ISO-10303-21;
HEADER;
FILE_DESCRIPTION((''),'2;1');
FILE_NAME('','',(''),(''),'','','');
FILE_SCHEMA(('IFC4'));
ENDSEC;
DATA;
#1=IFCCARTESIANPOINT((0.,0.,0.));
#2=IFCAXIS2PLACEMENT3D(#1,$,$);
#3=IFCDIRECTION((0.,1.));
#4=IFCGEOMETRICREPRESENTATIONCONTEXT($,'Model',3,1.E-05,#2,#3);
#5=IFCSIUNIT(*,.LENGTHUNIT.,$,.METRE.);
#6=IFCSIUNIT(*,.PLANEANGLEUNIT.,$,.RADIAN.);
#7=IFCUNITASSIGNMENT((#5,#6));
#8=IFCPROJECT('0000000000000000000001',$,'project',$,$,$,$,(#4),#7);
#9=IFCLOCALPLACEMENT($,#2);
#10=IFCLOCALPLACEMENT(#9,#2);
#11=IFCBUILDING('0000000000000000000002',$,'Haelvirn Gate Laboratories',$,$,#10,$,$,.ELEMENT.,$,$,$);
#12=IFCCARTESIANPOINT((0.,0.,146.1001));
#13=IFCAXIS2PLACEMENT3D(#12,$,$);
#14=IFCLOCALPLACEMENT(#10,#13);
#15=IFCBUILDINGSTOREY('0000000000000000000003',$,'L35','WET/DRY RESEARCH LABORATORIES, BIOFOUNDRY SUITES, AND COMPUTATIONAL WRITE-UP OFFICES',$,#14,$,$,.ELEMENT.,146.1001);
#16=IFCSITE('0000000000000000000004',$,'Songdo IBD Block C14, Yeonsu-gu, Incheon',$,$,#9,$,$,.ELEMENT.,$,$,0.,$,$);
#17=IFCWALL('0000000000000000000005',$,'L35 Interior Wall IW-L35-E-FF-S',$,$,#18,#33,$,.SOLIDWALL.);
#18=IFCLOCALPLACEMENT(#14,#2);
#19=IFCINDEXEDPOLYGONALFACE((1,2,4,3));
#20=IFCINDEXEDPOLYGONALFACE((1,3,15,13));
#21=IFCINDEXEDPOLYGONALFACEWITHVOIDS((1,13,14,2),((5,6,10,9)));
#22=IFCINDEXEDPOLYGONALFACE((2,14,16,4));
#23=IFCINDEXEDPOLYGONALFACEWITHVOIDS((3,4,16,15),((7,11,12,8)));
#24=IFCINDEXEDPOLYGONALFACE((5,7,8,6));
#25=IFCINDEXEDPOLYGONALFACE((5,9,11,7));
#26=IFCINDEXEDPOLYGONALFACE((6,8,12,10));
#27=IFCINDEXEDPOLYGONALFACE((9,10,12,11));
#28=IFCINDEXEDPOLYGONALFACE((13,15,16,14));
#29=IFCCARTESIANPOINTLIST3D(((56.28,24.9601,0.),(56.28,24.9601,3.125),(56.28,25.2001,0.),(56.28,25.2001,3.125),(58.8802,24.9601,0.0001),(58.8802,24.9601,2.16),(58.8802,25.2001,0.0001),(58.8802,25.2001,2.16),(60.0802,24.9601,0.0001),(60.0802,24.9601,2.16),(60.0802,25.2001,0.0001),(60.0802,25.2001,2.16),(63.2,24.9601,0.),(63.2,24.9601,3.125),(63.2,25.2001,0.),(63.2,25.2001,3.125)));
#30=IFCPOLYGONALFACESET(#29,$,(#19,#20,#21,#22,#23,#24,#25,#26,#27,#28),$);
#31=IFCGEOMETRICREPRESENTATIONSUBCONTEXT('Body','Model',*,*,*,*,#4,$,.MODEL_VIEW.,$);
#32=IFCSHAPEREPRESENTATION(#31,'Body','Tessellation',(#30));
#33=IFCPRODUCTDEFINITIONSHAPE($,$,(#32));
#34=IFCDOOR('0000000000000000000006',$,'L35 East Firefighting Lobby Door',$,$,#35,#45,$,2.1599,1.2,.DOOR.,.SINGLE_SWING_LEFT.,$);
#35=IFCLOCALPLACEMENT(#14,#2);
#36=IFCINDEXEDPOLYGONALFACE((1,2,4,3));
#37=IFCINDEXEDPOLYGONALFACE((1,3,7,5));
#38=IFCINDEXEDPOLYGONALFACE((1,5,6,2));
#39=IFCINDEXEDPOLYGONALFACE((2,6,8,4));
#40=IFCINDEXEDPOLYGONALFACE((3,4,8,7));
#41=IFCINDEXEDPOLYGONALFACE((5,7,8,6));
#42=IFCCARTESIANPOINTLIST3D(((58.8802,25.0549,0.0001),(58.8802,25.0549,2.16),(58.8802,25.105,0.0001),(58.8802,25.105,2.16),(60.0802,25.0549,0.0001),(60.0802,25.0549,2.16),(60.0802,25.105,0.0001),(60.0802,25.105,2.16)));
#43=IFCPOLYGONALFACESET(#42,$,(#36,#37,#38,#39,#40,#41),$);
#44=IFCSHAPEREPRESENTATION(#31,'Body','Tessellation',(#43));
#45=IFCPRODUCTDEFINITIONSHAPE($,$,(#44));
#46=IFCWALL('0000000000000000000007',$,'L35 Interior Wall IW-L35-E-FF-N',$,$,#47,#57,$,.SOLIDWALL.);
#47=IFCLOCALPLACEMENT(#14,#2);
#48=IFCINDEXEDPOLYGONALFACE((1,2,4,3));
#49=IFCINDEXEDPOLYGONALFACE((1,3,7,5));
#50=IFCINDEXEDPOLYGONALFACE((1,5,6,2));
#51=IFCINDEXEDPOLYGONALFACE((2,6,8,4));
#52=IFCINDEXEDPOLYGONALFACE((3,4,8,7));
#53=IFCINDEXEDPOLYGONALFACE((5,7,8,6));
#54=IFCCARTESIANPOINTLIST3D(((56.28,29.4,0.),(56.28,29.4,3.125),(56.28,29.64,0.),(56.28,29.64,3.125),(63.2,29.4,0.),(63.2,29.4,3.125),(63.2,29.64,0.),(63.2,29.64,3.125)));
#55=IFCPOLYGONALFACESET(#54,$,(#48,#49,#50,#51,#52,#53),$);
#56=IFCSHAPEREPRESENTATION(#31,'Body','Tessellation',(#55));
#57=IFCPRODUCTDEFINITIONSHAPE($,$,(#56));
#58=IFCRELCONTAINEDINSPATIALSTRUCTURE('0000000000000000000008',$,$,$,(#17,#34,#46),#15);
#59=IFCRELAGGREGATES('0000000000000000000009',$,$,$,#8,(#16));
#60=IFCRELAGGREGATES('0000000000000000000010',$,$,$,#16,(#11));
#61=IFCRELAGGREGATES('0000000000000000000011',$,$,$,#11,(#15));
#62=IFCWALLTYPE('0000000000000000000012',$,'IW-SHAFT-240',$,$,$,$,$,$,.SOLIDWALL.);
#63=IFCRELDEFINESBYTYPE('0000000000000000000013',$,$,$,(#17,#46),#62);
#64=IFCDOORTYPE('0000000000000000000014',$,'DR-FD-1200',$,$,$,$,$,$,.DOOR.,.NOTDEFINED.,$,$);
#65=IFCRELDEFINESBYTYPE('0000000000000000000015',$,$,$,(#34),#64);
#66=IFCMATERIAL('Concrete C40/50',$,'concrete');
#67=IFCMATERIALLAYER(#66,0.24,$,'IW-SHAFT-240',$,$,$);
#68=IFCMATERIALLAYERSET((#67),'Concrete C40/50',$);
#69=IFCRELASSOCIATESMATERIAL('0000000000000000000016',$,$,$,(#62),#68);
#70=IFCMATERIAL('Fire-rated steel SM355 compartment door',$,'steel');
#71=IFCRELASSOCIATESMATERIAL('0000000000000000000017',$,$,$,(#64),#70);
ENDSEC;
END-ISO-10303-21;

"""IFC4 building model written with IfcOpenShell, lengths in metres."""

from ifc_helpers import new_model, si_unit, direction, frame, frame_2d, origin, place, context, subcontext, project, spatial, rectangle, extrude, source, transform, mapped, material, layer, layer_set, type_object, type_shapes, element, fill, save


model = new_model("IFC4")

# Units and contexts
model_context = context("Model", 3, precision=1e-05, world=origin(), true_north=direction((0.0, 1.0)))
body_context = subcontext(model_context, "Body", "Model", "MODEL_VIEW")
ifc_project = project(units=[si_unit("LENGTHUNIT", "METRE"), si_unit("PLANEANGLEUNIT", "RADIAN")], contexts=[model_context])

# Site, building, storey
site_placement = place(None, origin())
site = spatial("IfcSite", under=ifc_project, at=site_placement, Name="Songdo IBD Block C14, Yeonsu-gu, Incheon", CompositionType="ELEMENT", RefElevation=0.0)
building_placement = place(site_placement, origin())
building = spatial("IfcBuilding", under=site, at=building_placement, Name="Haelvirn Gate Laboratories", CompositionType="ELEMENT")
storey_placement = place(building_placement, frame((0.0, 0.0, 146.1001)))
storey = spatial("IfcBuildingStorey", under=building, at=storey_placement, Name="L35", Description="WET/DRY RESEARCH LABORATORIES, BIOFOUNDRY SUITES, AND COMPUTATIONAL WRITE-UP OFFICES", CompositionType="ELEMENT", Elevation=146.1001)

# Shared definitions
ifc_material_1 = material(Name="Concrete C40/50", Category="concrete")

# Wall, opening, door
ifc_layer_1 = layer(ifc_material_1, 0.24, Name="IW-SHAFT-240")
ifc_layer_set_1 = layer_set([ifc_layer_1], Name="Concrete C40/50")
wall_type_1 = type_object("IfcWallType", Name="IW-SHAFT-240", PredefinedType="SOLIDWALL", material=ifc_layer_set_1)
wall_1_placement = place(storey_placement, frame((56.28, 25.0801, 0.0), z_axis=(0.0, 0.0, 1.0), x_axis=(1.0, 0.0, 0.0)))
wall_1 = element("IfcWall", 1, at=wall_1_placement, inside=storey, type_object=wall_type_1, Name="L35 Interior Wall IW-L35-E-FF-S", PredefinedType="SOLIDWALL", context=body_context, shape_type="SweptSolid", body=[
    extrude(rectangle(XDim=6.9199, YDim=0.24, at=frame_2d((3.46, 0.0))), origin(), (0.0, 0.0, 1.0), 3.125),
])
opening_1_placement = place(wall_1_placement, frame((2.6001, 0.0, 0.0)))
opening_1 = element("IfcOpeningElement", 2, at=opening_1_placement, cuts=wall_1, PredefinedType="OPENING", context=body_context, shape_type="SweptSolid", body=[
    extrude(rectangle(XDim=1.2, YDim=2.1599, at=frame_2d((0.6001, 1.0801))), frame((0.0, 0.1299, 0.0), z_axis=(0.0, -1.0, 0.0), x_axis=(1.0, 0.0, 0.0)), (0.0, 0.0, 1.0), 0.26),
])
ifc_material_2 = material(Name="Fire-rated steel SM355 compartment door", Category="steel")
door_type_1 = type_object("IfcDoorType", Name="DR-FD-1200", OperationType="NOTDEFINED", PredefinedType="DOOR", material=ifc_material_2)
shared_shape_1 = source(origin(), body_context, "Body", "SweptSolid", [
    extrude(rectangle(XDim=1.2, YDim=2.1599, at=frame_2d((0.6001, 1.0801))), frame((0.0, 0.0249, 0.0), z_axis=(0.0, -1.0, 0.0), x_axis=(1.0, 0.0, 0.0)), (0.0, 0.0, 1.0), 0.05),
])
type_shapes(door_type_1, [shared_shape_1])
door_1_placement = place(opening_1_placement, origin())
door_1 = element("IfcDoor", 3, at=door_1_placement, inside=storey, type_object=door_type_1, Name="L35 East Firefighting Lobby Door", OperationType="SINGLE_SWING_LEFT", OverallHeight=2.1599, OverallWidth=1.2, PredefinedType="DOOR", context=body_context, shape_type="MappedRepresentation", body=[
    mapped(shared_shape_1, transform((0.0, 0.0, 0.0), scale=1.0)),
])
fill(opening_1, door_1)

# Wall
wall_2_placement = place(storey_placement, frame((56.28, 29.52, 0.0), z_axis=(0.0, 0.0, 1.0), x_axis=(1.0, 0.0, 0.0)))
element("IfcWall", 4, at=wall_2_placement, inside=storey, type_object=wall_type_1, Name="L35 Interior Wall IW-L35-E-FF-N", PredefinedType="SOLIDWALL", context=body_context, shape_type="SweptSolid", body=[
    extrude(rectangle(XDim=6.9199, YDim=0.24, at=frame_2d((3.46, 0.0))), origin(), (0.0, 0.0, 1.0), 3.125),
])

save(model, "model.ifc")
